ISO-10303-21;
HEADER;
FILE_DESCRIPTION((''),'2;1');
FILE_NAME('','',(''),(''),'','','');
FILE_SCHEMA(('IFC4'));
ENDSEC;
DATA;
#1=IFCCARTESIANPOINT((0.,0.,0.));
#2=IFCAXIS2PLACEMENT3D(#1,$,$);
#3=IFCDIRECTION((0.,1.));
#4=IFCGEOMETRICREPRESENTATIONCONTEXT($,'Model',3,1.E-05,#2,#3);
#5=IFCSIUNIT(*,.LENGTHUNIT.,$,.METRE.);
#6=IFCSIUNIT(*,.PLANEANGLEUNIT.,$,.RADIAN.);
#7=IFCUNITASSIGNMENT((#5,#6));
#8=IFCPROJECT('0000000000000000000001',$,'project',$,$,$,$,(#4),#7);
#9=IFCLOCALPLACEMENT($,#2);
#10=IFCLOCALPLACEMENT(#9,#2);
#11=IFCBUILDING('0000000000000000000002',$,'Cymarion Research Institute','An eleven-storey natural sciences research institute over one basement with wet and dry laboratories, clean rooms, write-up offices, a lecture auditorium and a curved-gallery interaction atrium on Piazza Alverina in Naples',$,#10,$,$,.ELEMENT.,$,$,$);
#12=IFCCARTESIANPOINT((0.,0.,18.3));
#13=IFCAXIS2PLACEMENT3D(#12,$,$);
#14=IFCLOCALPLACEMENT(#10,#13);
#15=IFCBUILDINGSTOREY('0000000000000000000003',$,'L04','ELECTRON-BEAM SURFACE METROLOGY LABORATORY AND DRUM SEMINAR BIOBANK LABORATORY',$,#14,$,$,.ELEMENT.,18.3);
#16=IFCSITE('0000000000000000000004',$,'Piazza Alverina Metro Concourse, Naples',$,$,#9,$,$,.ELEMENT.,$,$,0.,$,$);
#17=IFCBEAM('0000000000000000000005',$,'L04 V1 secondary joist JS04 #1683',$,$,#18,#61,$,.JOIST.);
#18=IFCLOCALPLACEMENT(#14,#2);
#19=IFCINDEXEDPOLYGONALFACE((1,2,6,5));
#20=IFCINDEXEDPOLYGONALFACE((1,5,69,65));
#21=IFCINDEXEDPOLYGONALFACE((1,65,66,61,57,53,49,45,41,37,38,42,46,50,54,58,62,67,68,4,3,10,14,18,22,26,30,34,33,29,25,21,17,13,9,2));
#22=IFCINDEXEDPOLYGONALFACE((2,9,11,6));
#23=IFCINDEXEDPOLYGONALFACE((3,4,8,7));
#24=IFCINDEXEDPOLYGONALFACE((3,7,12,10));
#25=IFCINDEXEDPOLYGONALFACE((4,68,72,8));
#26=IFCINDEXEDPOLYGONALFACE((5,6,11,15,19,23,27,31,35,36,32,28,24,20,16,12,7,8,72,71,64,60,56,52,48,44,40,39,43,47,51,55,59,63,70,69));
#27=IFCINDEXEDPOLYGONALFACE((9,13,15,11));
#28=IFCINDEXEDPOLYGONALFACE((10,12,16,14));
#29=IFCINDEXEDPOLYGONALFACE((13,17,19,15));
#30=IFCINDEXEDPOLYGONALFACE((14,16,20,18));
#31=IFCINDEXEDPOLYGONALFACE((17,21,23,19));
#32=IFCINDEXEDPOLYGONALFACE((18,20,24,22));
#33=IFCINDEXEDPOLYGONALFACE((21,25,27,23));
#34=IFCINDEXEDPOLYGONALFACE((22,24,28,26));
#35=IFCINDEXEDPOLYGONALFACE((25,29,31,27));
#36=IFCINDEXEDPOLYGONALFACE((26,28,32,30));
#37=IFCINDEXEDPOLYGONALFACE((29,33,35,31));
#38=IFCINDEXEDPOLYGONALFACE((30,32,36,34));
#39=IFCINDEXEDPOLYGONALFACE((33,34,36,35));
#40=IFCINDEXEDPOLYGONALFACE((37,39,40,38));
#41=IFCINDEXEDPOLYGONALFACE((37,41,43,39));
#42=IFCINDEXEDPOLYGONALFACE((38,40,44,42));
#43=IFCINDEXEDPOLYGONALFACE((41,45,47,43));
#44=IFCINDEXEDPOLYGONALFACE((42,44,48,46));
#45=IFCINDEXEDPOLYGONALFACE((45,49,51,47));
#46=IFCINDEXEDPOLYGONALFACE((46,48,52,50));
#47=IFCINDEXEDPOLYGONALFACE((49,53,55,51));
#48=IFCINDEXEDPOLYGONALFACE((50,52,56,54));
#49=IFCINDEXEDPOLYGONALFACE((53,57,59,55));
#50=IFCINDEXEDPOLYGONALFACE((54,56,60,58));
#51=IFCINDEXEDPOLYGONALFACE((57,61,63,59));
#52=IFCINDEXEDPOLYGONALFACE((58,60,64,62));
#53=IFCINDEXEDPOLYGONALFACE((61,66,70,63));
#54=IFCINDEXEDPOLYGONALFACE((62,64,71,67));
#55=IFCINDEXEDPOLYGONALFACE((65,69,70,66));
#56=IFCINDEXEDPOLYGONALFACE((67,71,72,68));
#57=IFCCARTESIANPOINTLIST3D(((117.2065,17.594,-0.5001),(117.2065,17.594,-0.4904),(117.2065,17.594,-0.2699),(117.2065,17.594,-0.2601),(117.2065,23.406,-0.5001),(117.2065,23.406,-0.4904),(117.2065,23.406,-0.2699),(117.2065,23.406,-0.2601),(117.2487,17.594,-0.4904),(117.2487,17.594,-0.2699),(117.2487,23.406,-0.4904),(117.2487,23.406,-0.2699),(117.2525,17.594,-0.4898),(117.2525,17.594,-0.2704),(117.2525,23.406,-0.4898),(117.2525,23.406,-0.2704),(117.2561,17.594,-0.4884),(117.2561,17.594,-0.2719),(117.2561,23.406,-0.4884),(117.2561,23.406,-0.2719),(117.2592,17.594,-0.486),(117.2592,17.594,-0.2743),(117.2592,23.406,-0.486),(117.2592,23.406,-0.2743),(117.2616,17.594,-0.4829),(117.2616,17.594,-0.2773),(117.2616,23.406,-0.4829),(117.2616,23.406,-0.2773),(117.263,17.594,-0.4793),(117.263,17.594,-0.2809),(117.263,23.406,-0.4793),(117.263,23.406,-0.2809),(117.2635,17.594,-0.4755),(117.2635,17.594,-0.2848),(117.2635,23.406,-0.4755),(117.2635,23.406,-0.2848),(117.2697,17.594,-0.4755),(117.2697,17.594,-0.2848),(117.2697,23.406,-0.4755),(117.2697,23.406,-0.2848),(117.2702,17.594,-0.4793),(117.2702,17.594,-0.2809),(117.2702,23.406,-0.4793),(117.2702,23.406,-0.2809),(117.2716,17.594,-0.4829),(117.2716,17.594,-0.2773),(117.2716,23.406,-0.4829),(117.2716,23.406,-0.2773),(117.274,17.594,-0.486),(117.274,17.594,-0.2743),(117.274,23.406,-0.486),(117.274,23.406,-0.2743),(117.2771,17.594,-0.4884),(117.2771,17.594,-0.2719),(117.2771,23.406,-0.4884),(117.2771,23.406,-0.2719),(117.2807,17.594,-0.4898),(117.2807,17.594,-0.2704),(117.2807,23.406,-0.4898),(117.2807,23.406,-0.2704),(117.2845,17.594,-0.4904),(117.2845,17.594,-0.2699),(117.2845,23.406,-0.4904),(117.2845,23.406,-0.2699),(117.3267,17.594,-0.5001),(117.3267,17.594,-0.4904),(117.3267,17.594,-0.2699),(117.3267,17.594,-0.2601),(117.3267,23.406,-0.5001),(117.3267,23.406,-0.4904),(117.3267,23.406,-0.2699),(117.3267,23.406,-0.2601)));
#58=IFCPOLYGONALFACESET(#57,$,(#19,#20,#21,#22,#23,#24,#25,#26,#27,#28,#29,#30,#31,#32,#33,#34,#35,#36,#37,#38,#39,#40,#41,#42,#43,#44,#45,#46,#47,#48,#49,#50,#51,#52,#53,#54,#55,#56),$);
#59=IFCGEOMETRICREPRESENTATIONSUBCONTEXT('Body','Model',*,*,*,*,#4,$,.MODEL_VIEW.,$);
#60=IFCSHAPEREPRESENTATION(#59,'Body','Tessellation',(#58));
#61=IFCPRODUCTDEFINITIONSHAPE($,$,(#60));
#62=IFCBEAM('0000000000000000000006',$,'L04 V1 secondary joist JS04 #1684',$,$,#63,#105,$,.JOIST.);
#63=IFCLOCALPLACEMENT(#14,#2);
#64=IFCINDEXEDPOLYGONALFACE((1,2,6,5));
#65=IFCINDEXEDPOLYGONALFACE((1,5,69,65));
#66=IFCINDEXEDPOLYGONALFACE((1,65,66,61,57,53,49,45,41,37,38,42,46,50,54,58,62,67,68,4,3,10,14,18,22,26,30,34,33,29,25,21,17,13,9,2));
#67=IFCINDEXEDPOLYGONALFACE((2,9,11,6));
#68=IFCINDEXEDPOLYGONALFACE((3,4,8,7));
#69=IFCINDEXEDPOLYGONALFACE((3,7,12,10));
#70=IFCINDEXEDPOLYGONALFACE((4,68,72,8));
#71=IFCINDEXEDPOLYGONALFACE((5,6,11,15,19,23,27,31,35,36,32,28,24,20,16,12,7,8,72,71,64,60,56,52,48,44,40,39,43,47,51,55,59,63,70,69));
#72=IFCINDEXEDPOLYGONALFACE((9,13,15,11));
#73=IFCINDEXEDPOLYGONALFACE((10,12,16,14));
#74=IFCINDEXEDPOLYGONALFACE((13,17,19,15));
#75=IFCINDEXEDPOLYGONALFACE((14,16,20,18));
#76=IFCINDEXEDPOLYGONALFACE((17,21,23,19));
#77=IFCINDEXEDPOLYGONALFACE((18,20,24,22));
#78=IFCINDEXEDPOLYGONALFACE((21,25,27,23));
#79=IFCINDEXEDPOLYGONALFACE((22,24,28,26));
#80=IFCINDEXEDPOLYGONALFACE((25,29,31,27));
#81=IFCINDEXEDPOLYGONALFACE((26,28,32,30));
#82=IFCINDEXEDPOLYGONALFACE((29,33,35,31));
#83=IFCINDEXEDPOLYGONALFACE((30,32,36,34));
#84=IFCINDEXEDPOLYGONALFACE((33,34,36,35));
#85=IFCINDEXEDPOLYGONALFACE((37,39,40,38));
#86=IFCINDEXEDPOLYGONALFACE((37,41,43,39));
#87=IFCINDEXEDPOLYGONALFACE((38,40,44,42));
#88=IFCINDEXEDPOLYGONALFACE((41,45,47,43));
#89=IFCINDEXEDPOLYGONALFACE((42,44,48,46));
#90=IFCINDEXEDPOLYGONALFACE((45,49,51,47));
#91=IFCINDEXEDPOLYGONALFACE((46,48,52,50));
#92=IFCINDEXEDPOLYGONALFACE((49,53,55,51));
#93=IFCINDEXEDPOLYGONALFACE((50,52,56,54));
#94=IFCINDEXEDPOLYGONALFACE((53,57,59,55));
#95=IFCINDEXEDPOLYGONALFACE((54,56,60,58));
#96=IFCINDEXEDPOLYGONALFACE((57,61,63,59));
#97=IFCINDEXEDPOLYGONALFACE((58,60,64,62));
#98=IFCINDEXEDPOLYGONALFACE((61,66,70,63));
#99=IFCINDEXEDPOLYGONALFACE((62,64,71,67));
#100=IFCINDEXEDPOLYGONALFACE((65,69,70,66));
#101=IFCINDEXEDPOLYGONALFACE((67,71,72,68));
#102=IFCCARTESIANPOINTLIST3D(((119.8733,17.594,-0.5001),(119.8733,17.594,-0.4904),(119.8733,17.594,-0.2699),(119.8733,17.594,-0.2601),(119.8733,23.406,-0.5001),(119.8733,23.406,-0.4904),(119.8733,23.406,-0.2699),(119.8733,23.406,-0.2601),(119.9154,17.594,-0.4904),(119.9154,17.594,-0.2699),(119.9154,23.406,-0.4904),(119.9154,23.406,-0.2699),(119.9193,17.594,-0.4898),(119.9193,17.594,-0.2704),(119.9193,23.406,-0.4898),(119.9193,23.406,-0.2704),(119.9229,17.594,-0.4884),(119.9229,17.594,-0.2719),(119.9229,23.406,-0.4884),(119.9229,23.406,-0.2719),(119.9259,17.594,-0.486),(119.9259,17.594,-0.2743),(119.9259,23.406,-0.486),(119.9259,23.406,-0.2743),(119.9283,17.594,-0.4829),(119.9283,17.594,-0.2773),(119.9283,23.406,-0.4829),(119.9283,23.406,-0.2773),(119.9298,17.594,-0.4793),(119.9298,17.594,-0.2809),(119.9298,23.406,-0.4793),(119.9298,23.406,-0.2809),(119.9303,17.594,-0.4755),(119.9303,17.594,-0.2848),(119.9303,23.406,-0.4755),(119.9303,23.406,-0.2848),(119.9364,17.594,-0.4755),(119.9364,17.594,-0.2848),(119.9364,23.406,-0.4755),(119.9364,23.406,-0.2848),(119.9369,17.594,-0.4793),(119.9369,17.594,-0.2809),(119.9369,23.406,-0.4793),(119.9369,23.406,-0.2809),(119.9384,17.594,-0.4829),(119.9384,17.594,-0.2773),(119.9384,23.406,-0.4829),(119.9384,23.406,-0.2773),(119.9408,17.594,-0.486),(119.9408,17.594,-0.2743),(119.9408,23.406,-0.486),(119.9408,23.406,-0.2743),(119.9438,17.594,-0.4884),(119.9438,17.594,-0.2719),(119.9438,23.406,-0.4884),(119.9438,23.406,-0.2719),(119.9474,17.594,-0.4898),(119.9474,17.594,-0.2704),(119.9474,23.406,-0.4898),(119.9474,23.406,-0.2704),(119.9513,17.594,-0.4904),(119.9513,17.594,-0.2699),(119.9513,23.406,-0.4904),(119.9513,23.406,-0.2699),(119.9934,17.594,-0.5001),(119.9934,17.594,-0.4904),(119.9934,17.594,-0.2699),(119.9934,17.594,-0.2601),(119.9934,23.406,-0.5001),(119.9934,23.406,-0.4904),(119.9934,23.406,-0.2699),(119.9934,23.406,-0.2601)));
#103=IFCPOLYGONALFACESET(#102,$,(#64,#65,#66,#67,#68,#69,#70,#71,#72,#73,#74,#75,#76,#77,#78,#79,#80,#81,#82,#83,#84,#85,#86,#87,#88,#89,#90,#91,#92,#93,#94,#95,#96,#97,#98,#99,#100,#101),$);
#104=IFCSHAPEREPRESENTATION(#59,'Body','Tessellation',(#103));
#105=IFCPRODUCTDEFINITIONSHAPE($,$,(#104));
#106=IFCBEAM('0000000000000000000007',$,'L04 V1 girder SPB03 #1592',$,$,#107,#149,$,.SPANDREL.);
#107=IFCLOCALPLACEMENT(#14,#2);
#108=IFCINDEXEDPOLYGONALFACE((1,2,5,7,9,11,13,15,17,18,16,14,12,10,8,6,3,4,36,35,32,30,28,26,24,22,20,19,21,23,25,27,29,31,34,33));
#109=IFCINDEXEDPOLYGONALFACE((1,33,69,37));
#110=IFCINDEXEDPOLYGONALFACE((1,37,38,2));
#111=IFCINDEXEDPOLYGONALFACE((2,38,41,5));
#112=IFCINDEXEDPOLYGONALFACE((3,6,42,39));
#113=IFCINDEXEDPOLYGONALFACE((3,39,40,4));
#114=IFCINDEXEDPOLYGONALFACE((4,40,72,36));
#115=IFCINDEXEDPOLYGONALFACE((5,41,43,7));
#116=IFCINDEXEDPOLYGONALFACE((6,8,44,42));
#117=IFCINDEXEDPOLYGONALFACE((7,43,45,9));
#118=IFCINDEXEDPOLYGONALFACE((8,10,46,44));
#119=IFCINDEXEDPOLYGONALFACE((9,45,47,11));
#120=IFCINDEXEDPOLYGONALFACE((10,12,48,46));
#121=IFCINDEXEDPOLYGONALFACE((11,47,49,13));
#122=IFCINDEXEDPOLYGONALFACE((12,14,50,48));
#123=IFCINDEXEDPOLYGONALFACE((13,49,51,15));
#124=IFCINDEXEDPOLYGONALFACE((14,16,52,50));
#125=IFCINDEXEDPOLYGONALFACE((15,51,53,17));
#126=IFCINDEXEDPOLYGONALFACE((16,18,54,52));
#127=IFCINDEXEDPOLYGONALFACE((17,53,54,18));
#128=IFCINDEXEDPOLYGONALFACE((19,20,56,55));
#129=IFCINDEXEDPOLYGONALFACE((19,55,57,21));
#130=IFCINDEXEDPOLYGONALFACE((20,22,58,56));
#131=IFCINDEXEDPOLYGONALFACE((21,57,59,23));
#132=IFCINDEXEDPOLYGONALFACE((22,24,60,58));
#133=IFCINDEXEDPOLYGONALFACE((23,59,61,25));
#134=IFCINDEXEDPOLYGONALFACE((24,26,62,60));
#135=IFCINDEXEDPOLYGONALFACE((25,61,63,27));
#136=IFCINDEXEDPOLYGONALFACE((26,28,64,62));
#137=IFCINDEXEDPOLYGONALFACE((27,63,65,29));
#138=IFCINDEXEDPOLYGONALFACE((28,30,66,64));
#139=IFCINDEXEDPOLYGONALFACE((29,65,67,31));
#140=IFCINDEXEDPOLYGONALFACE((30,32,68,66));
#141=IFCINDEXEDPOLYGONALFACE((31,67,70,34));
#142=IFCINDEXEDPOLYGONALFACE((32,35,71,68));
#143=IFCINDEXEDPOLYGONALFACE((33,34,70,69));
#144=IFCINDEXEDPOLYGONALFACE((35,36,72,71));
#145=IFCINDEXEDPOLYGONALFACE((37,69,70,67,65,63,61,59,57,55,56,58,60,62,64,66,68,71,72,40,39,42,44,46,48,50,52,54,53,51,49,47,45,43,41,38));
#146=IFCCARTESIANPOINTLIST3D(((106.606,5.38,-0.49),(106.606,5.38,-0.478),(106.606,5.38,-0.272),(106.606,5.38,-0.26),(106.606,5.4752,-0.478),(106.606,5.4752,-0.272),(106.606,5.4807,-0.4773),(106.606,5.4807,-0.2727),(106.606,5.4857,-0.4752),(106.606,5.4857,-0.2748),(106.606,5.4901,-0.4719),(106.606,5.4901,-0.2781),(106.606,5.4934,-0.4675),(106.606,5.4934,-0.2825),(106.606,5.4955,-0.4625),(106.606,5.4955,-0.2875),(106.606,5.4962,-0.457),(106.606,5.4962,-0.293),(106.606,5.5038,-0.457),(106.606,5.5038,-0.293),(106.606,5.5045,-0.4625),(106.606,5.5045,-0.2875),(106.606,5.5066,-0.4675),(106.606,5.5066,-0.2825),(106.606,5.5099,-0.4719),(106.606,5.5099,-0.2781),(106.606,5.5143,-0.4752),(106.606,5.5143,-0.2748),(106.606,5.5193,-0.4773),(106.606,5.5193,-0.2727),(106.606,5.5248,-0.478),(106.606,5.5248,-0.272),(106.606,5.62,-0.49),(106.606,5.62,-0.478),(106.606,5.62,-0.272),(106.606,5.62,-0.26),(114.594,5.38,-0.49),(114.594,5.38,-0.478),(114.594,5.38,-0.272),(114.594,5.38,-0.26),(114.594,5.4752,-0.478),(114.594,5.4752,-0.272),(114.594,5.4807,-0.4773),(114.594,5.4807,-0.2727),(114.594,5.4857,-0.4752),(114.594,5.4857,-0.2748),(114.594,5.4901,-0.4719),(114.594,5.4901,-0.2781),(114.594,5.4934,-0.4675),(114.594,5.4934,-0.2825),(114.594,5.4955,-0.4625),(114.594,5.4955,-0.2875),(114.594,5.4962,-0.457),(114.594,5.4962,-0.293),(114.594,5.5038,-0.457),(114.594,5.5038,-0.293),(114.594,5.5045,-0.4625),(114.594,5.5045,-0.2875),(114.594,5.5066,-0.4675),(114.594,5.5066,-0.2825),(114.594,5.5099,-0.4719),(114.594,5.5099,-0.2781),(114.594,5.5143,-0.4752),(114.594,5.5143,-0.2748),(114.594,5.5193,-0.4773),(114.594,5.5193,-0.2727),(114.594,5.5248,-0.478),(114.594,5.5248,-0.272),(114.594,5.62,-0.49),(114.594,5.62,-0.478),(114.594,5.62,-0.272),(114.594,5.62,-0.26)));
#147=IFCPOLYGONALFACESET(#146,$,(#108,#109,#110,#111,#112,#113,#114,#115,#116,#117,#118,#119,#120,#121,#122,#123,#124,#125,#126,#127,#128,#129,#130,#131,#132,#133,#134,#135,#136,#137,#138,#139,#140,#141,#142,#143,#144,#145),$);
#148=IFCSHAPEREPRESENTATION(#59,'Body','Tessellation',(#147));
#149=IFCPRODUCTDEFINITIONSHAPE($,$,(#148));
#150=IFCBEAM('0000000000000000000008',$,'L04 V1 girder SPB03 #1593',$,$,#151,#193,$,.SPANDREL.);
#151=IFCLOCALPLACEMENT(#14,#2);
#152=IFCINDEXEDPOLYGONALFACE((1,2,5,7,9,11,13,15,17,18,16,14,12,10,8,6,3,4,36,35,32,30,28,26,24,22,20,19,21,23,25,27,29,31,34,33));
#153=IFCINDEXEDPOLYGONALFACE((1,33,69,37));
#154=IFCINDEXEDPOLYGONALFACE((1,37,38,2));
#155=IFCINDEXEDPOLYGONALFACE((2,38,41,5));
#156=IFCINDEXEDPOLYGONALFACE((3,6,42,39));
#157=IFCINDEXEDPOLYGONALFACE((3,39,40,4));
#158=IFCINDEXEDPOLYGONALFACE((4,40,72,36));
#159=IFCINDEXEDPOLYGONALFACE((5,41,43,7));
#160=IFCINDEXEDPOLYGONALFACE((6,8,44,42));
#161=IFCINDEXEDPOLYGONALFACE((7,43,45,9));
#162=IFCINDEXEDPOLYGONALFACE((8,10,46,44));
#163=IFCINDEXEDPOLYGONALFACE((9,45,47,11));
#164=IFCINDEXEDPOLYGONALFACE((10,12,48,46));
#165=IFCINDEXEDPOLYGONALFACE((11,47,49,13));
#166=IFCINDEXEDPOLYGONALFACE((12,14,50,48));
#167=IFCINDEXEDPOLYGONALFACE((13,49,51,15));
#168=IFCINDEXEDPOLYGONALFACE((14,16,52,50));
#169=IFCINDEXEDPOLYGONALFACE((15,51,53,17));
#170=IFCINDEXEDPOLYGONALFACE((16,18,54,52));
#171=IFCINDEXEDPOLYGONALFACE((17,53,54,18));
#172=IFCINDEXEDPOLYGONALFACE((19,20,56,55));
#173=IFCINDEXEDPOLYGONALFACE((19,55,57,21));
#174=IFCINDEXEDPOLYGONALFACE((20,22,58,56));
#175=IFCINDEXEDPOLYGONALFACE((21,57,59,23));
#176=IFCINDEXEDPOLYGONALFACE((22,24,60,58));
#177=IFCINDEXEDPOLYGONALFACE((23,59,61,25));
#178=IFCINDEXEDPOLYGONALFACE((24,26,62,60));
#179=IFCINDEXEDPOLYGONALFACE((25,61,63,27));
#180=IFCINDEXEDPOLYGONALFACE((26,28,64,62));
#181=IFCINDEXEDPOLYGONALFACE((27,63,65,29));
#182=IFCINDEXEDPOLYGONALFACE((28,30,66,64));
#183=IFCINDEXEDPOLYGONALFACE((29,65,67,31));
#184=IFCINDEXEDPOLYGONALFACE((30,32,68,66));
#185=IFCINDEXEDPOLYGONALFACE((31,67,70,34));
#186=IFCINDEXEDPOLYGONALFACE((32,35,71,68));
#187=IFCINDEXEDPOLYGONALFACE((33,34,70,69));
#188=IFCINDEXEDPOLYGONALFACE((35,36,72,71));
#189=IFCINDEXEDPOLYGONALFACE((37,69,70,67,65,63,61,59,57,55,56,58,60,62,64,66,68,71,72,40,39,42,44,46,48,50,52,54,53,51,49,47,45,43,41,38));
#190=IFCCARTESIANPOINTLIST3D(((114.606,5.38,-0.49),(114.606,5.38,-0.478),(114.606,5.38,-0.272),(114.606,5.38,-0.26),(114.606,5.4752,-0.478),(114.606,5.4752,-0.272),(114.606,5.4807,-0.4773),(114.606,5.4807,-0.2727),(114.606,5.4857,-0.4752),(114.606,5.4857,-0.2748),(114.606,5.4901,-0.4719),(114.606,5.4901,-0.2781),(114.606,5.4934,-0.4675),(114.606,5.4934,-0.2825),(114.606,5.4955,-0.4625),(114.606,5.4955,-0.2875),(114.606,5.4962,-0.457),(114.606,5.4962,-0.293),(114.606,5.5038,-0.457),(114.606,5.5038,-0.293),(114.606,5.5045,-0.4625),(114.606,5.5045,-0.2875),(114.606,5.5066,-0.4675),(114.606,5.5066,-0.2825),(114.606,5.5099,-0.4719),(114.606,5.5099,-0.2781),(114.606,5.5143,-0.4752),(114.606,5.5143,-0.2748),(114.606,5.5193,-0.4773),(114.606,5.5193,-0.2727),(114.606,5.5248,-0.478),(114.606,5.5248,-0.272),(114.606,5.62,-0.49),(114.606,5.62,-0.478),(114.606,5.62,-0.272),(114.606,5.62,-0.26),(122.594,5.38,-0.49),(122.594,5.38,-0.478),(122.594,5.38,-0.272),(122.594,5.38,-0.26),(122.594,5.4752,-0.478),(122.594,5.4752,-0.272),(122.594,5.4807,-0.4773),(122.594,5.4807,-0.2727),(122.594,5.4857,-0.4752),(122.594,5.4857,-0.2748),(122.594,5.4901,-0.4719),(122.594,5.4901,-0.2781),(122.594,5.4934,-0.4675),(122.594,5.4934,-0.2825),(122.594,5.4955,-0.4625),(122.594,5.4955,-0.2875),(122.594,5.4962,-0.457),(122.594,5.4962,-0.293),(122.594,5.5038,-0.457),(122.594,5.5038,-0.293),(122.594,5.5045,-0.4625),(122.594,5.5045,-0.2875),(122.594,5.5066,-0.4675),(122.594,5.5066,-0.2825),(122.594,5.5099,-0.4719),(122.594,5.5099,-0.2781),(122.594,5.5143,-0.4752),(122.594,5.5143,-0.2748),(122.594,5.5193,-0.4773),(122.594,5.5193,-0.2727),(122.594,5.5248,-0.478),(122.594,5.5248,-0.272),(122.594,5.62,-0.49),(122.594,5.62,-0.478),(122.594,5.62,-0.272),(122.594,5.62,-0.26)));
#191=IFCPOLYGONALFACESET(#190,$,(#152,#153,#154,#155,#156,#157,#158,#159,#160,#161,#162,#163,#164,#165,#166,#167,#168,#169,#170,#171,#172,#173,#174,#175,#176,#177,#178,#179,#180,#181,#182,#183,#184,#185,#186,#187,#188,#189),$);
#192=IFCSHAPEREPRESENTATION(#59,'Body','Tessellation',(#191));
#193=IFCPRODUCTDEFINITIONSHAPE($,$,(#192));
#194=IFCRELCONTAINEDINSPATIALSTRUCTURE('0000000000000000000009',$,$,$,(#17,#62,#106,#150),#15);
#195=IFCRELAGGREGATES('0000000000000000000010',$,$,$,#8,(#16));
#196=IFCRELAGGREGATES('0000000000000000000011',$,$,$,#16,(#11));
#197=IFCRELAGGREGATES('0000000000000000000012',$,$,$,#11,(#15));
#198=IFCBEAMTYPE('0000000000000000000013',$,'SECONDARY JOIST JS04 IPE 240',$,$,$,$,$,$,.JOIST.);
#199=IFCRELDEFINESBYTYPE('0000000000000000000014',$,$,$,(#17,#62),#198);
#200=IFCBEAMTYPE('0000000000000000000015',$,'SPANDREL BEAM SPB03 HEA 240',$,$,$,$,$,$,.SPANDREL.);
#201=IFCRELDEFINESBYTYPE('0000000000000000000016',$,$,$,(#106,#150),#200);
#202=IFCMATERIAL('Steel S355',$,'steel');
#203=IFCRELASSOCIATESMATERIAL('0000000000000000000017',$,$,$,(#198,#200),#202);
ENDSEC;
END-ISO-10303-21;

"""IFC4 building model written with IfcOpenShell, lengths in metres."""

from ifc_helpers import new_model, si_unit, direction, frame, origin, origin_2d, place, context, subcontext, project, spatial, i_section, extrude, material, material_profile, profile_set, type_object, element, save


model = new_model("IFC4")

# Units and contexts
model_context = context("Model", 3, precision=1e-05, world=origin(), true_north=direction((0.0, 1.0)))
body_context = subcontext(model_context, "Body", "Model", "MODEL_VIEW")
ifc_project = project(units=[si_unit("LENGTHUNIT", "METRE"), si_unit("PLANEANGLEUNIT", "RADIAN")], contexts=[model_context])

# Site, building, storey
site_placement = place(None, origin())
site = spatial("IfcSite", under=ifc_project, at=site_placement, Name="Piazza Alverina Metro Concourse, Naples", CompositionType="ELEMENT", RefElevation=0.0)
building_placement = place(site_placement, origin())
building = spatial("IfcBuilding", under=site, at=building_placement, Name="Cymarion Research Institute", Description="An eleven-storey natural sciences research institute over one basement with wet and dry laboratories, clean rooms, write-up offices, a lecture auditorium and a curved-gallery interaction atrium on Piazza Alverina in Naples", CompositionType="ELEMENT")
storey_placement = place(building_placement, frame((0.0, 0.0, 18.3)))
storey = spatial("IfcBuildingStorey", under=building, at=storey_placement, Name="L04", Description="ELECTRON-BEAM SURFACE METROLOGY LABORATORY AND DRUM SEMINAR BIOBANK LABORATORY", CompositionType="ELEMENT", Elevation=18.3)

# Beams
ifc_material = material(Name="Steel S355", Category="steel")
ifc_material_profile_1 = material_profile(ifc_material, i_section(OverallWidth=0.1201, OverallDepth=0.24, WebThickness=0.0061, FlangeThickness=0.0098, FilletRadius=0.0149, at=origin_2d()), Name="IPE 240")
ifc_profile_set_1 = profile_set([ifc_material_profile_1], Name="Steel S355")
beam_type_1 = type_object("IfcBeamType", Name="SECONDARY JOIST JS04 IPE 240", PredefinedType="JOIST", material=ifc_profile_set_1)
for number, where, z_axis, x_axis, name in (
    (1, (117.2666, 17.594, -0.3801), (0.0, 1.0, 0.0), (-1.0, 0.0, 0.0), "L04 V1 secondary joist JS04 #1683"),
    (2, (119.9333, 17.594, -0.3801), (0.0, 1.0, 0.0), (-1.0, 0.0, 0.0), "L04 V1 secondary joist JS04 #1684"),
):
    element("IfcBeam", number, at=place(storey_placement, frame(where, z_axis=z_axis, x_axis=x_axis)), inside=storey, type_object=beam_type_1, Name=name, PredefinedType="JOIST", context=body_context, shape_type="SweptSolid", body=[
        extrude(i_section(OverallWidth=0.1201, OverallDepth=0.24, WebThickness=0.0061, FlangeThickness=0.0098, FilletRadius=0.0149, at=origin_2d()), origin(), (0.0, 0.0, 1.0), 5.812),
    ])
ifc_material_profile_2 = material_profile(ifc_material, i_section(OverallWidth=0.24, OverallDepth=0.23, WebThickness=0.0076, FlangeThickness=0.012, FilletRadius=0.021, at=origin_2d()), Name="HEA 240")
ifc_profile_set_2 = profile_set([ifc_material_profile_2], Name="Steel S355")
beam_type_2 = type_object("IfcBeamType", Name="SPANDREL BEAM SPB03 HEA 240", PredefinedType="SPANDREL", material=ifc_profile_set_2)
for number, where, z_axis, x_axis, name in (
    (3, (106.606, 5.5, -0.375), (1.0, 0.0, 0.0), (0.0, 1.0, 0.0), "L04 V1 girder SPB03 #1592"),
    (4, (114.606, 5.5, -0.375), (1.0, 0.0, 0.0), (0.0, 1.0, 0.0), "L04 V1 girder SPB03 #1593"),
):
    element("IfcBeam", number, at=place(storey_placement, frame(where, z_axis=z_axis, x_axis=x_axis)), inside=storey, type_object=beam_type_2, Name=name, PredefinedType="SPANDREL", context=body_context, shape_type="SweptSolid", body=[
        extrude(i_section(OverallWidth=0.24, OverallDepth=0.23, WebThickness=0.0076, FlangeThickness=0.012, FilletRadius=0.021, at=origin_2d()), origin(), (0.0, 0.0, 1.0), 7.988),
    ])

save(model, "model.ifc")
